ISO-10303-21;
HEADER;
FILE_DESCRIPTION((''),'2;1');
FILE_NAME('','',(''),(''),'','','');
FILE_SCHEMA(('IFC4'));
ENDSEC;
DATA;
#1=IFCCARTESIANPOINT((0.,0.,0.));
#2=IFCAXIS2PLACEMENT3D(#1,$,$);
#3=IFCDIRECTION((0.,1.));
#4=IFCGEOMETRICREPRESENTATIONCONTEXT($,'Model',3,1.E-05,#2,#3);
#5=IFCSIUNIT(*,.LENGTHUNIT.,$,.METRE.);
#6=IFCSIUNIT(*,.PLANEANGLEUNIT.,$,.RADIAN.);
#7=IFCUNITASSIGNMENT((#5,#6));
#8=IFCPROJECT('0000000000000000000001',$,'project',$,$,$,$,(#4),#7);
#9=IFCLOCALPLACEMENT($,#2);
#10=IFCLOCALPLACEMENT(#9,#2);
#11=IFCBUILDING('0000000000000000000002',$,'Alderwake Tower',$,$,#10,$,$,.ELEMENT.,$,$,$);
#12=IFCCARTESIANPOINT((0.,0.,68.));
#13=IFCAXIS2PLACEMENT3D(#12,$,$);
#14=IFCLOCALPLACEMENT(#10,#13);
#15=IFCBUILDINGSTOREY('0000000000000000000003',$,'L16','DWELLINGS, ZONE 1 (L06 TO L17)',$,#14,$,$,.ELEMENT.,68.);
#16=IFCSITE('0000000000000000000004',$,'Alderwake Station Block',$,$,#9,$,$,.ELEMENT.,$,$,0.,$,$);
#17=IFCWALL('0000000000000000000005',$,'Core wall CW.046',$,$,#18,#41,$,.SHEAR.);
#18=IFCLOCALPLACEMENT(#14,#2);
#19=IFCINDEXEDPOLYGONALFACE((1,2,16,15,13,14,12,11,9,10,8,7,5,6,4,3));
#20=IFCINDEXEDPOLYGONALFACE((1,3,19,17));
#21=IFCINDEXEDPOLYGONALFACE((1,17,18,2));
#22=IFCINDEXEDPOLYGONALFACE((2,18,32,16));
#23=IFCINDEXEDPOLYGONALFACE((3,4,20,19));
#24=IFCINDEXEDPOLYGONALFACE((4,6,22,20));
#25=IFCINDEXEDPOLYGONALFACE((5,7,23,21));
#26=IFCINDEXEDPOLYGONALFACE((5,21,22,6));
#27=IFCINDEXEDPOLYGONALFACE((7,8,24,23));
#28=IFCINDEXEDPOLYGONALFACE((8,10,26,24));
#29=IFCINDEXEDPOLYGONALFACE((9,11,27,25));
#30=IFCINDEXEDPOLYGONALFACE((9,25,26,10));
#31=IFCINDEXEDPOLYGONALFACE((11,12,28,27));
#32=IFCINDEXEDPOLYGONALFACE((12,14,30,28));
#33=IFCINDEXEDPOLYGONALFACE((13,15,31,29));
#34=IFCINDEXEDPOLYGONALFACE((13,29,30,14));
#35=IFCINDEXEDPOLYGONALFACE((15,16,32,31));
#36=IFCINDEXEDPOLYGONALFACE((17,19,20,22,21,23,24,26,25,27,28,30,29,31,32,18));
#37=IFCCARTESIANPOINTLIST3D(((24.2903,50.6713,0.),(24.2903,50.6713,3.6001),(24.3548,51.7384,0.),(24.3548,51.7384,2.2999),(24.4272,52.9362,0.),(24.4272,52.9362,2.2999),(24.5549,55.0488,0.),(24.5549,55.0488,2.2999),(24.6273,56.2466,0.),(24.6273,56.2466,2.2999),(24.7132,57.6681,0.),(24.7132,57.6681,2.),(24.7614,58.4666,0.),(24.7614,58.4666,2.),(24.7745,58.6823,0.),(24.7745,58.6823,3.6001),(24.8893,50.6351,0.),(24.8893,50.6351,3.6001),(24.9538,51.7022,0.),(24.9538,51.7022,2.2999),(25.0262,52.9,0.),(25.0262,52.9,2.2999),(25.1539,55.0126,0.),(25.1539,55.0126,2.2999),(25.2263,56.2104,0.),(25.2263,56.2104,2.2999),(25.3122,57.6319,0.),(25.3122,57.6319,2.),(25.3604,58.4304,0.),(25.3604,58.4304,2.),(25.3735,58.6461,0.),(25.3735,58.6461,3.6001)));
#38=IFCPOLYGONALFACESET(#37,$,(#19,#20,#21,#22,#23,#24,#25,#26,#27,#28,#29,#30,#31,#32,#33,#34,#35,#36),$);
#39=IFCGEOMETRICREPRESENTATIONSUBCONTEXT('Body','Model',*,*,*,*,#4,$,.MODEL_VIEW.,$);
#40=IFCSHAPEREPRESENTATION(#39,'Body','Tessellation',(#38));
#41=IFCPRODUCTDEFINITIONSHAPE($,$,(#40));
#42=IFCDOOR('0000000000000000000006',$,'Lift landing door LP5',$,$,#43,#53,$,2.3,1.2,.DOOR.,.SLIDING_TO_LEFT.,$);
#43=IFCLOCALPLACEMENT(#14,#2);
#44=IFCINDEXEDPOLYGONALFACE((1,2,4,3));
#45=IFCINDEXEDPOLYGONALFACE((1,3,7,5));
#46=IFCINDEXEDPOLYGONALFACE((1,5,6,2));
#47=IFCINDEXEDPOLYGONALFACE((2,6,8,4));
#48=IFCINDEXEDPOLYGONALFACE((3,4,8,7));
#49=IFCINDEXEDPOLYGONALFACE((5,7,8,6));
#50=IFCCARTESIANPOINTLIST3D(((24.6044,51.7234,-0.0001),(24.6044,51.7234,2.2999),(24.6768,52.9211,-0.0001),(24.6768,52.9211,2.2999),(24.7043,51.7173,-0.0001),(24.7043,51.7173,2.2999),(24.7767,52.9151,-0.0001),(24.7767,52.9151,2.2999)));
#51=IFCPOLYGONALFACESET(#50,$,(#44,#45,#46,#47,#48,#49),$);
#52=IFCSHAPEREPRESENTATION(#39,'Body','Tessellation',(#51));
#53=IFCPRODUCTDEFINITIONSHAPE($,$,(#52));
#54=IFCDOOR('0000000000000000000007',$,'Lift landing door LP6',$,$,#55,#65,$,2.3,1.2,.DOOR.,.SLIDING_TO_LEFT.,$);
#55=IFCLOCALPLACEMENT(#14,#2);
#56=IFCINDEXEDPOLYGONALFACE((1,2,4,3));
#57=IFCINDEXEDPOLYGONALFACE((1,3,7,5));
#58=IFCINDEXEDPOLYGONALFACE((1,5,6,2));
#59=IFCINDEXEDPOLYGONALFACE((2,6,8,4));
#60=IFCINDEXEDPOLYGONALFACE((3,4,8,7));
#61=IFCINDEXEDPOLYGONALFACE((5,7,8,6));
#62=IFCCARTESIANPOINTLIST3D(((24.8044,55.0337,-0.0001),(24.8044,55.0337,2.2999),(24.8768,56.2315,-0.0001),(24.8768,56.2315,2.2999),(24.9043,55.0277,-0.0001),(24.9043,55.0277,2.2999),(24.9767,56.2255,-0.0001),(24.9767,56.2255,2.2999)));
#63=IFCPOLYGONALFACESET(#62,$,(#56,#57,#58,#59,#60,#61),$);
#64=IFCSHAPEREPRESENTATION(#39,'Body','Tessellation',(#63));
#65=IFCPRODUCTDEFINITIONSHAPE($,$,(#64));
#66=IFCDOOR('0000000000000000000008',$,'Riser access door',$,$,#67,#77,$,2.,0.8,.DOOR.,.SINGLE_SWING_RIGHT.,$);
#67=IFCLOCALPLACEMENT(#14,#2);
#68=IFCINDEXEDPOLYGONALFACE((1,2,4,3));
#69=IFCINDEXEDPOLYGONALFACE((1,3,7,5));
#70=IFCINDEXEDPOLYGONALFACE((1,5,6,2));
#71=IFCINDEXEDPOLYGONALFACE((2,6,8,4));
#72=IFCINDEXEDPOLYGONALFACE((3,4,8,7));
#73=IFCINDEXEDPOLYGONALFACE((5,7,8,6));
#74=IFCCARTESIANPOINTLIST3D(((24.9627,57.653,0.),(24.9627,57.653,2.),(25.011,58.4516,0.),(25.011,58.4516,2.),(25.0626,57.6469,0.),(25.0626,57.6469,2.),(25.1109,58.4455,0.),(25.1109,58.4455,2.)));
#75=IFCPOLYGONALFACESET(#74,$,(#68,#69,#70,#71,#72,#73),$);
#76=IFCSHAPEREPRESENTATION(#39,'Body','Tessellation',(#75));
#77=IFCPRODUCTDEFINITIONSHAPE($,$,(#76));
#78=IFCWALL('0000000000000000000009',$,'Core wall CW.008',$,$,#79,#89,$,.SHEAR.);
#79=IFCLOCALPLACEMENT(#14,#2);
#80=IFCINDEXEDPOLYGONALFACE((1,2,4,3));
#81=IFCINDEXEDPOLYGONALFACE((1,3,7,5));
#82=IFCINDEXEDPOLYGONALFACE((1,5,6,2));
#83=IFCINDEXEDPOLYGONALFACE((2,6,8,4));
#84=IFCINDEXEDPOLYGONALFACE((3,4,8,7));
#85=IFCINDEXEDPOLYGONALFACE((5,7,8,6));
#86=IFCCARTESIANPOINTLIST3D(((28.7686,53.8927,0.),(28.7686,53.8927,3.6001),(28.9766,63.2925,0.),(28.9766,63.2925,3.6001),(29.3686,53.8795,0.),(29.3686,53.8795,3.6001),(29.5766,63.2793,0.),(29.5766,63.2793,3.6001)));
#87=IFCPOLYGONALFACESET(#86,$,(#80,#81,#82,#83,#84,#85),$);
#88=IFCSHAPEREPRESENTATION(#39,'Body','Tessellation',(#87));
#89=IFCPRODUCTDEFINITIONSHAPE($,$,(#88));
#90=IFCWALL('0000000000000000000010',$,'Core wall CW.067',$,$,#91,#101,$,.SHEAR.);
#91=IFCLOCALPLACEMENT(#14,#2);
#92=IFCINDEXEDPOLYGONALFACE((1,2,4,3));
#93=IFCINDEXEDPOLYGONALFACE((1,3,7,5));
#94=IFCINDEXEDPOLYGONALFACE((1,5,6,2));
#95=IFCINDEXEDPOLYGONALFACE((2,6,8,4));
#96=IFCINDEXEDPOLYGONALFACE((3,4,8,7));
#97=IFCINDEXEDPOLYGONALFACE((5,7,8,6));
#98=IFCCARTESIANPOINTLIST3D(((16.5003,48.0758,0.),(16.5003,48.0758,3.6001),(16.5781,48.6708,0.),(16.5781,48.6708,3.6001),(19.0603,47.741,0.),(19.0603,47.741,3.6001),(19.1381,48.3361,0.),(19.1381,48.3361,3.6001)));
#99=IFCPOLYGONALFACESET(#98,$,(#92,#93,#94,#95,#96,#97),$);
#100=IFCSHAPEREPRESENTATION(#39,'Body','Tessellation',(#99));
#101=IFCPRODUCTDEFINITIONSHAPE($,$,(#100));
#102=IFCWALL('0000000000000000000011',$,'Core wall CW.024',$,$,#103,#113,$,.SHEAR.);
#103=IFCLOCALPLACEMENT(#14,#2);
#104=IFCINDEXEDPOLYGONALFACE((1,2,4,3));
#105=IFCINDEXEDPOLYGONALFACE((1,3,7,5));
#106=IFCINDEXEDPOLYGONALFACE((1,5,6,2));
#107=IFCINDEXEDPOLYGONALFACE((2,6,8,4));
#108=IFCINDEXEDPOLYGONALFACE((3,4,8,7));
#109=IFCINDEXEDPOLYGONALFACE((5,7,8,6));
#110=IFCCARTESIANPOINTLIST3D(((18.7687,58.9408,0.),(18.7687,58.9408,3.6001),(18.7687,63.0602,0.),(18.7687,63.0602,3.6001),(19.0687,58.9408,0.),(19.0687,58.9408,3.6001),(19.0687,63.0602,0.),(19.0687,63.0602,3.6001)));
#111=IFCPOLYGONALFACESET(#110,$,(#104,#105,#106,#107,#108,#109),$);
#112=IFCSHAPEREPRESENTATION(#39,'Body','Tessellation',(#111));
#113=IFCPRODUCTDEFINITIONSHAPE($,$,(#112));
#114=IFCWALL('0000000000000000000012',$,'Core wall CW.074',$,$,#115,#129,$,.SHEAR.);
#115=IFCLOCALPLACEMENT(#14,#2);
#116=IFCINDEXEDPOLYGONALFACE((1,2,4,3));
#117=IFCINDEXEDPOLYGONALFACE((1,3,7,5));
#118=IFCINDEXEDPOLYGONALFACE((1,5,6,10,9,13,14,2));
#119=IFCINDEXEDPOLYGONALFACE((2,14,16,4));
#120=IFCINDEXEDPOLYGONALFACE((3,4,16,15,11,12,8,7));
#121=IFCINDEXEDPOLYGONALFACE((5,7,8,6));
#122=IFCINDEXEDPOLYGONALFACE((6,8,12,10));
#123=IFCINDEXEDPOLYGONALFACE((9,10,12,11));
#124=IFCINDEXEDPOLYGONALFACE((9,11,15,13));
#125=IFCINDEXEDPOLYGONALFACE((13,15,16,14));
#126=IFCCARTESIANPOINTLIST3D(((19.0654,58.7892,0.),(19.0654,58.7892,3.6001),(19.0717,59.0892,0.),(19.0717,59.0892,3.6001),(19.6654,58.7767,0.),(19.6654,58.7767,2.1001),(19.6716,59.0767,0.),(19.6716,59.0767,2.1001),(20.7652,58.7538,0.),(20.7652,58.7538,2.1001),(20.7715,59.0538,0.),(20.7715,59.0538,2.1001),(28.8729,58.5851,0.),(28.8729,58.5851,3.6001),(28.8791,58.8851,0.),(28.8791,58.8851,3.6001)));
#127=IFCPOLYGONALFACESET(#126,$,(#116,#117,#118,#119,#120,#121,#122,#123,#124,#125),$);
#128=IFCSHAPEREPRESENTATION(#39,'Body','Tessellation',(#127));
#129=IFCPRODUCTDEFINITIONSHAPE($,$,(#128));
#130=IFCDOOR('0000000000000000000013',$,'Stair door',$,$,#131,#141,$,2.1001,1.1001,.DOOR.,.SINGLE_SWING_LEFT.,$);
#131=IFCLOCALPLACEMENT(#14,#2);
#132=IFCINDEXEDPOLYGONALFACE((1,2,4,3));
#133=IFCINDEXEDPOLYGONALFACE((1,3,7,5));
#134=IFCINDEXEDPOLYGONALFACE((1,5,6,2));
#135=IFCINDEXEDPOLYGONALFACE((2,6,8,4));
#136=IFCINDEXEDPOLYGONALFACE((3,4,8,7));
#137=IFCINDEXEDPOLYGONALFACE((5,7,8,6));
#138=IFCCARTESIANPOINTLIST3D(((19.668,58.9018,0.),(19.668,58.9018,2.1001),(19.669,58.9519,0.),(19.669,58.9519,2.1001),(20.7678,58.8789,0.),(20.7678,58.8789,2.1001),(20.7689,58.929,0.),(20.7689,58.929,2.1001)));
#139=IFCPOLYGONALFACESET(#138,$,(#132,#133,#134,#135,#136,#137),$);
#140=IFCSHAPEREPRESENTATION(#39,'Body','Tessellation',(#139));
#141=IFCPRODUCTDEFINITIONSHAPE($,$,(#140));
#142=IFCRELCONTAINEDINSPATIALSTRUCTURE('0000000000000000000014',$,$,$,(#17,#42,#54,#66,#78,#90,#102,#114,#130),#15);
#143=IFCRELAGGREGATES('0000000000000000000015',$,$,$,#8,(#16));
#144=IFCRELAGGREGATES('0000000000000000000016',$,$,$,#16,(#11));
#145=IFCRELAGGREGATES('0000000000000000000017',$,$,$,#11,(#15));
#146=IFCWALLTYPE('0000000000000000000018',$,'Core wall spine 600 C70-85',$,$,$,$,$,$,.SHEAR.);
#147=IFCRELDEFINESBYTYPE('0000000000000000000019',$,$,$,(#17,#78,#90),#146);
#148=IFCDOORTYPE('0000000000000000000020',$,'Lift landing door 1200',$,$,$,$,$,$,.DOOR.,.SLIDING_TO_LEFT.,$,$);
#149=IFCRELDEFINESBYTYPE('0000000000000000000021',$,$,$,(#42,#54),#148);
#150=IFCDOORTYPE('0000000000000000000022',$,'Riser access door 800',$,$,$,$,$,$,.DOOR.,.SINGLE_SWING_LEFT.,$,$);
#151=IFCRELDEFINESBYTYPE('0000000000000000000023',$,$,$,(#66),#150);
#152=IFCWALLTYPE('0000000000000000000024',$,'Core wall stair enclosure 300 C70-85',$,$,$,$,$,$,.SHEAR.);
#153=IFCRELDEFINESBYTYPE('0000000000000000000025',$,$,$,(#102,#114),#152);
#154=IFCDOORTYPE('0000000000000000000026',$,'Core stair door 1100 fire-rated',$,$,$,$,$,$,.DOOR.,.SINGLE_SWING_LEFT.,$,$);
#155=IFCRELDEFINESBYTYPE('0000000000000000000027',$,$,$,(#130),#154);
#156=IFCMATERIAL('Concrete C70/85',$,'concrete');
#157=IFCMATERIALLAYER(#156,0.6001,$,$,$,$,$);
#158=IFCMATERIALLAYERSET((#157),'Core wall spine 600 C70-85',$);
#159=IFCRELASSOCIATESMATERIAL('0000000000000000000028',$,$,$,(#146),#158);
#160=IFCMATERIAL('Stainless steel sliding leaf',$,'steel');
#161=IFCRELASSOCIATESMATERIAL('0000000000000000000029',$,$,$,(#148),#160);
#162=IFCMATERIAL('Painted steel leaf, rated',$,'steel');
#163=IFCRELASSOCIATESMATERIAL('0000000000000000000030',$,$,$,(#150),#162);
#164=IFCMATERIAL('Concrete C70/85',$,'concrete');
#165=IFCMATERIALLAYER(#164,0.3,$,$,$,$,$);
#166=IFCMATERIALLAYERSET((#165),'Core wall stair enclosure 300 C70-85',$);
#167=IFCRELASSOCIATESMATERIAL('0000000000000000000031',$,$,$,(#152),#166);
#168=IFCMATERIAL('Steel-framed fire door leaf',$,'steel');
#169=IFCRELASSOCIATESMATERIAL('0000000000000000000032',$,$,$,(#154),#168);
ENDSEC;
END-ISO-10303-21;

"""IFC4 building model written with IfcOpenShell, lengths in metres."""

from ifc_helpers import new_model, si_unit, direction, frame, frame_2d, origin, place, context, subcontext, project, spatial, rectangle, extrude, material, layer, layer_set, type_object, element, fill, save


model = new_model("IFC4")

# Units and contexts
model_context = context("Model", 3, precision=1e-05, world=origin(), true_north=direction((0.0, 1.0)))
body_context = subcontext(model_context, "Body", "Model", "MODEL_VIEW")
ifc_project = project(units=[si_unit("LENGTHUNIT", "METRE"), si_unit("PLANEANGLEUNIT", "RADIAN")], contexts=[model_context])

# Site, building, storey
site_placement = place(None, origin())
site = spatial("IfcSite", under=ifc_project, at=site_placement, Name="Alderwake Station Block", CompositionType="ELEMENT", RefElevation=0.0)
building_placement = place(site_placement, origin())
building = spatial("IfcBuilding", under=site, at=building_placement, Name="Alderwake Tower", CompositionType="ELEMENT")
storey_placement = place(building_placement, frame((0.0, 0.0, 68.0)))
storey = spatial("IfcBuildingStorey", under=building, at=storey_placement, Name="L16", Description="DWELLINGS, ZONE 1 (L06 TO L17)", CompositionType="ELEMENT", Elevation=68.0)

# Wall, openings, doors
ifc_material_1 = material(Name="Concrete C70/85", Category="concrete")
ifc_layer_1 = layer(ifc_material_1, 0.6001)
ifc_layer_set_1 = layer_set([ifc_layer_1], Name="Core wall spine 600 C70-85")
wall_type_1 = type_object("IfcWallType", Name="Core wall spine 600 C70-85", PredefinedType="SHEAR", material=ifc_layer_set_1)
ifc_material_2 = material(Name="Stainless steel sliding leaf", Category="steel")
door_type_1 = type_object("IfcDoorType", Name="Lift landing door 1200", OperationType="SLIDING_TO_LEFT", PredefinedType="DOOR", material=ifc_material_2)
ifc_material_3 = material(Name="Painted steel leaf, rated", Category="steel")
door_type_2 = type_object("IfcDoorType", Name="Riser access door 800", OperationType="SINGLE_SWING_LEFT", PredefinedType="DOOR", material=ifc_material_3)
wall_1_placement = place(storey_placement, frame((24.5898, 50.6533, 0.0), z_axis=(0.0, 0.0, 1.0), x_axis=(0.060323, 0.998179, 0.0)))
wall_1 = element("IfcWall", 1, at=wall_1_placement, inside=storey, type_object=wall_type_1, Name="Core wall CW.046", PredefinedType="SHEAR", context=body_context, shape_type="SweptSolid", body=[
    extrude(rectangle(XDim=8.0256, YDim=0.6001, at=frame_2d((4.0127, 0.0))), origin(), (0.0, 0.0, 1.0), 3.6001),
])
opening_1_placement = place(wall_1_placement, frame((1.0688, 0.0, 0.0)))
opening_1 = element("IfcOpeningElement", 2, at=opening_1_placement, cuts=wall_1, PredefinedType="OPENING", context=body_context, shape_type="SweptSolid", body=[
    extrude(rectangle(XDim=1.2, YDim=2.3, at=frame_2d((0.6001, 1.1499))), frame((0.0, 0.3101, 0.0), z_axis=(0.0, -1.0, 0.0), x_axis=(1.0, 0.0, 0.0)), (0.0, 0.0, 1.0), 0.6201),
])
opening_2_placement = place(wall_1_placement, frame((4.3853, 0.0, 0.0)))
opening_2 = element("IfcOpeningElement", 3, at=opening_2_placement, cuts=wall_1, PredefinedType="OPENING", context=body_context, shape_type="SweptSolid", body=[
    extrude(rectangle(XDim=1.2, YDim=2.3, at=frame_2d((0.6001, 1.1499))), frame((0.0, 0.3101, 0.0), z_axis=(0.0, -1.0, 0.0), x_axis=(1.0, 0.0, 0.0)), (0.0, 0.0, 1.0), 0.6201),
])
opening_3_placement = place(wall_1_placement, frame((7.0095, 0.0, 0.0)))
opening_3 = element("IfcOpeningElement", 4, at=opening_3_placement, cuts=wall_1, PredefinedType="OPENING", context=body_context, shape_type="SweptSolid", body=[
    extrude(rectangle(XDim=0.8, YDim=2.0, at=frame_2d((0.3999, 1.0))), frame((0.0, 0.3101, 0.0), z_axis=(0.0, -1.0, 0.0), x_axis=(1.0, 0.0, 0.0)), (0.0, 0.0, 1.0), 0.6201),
])
door_1_placement = place(opening_1_placement, origin())
door_1 = element("IfcDoor", 5, at=door_1_placement, inside=storey, type_object=door_type_1, Name="Lift landing door LP5", OperationType="SLIDING_TO_LEFT", OverallHeight=2.3, OverallWidth=1.2, PredefinedType="DOOR", context=body_context, shape_type="SweptSolid", body=[
    extrude(rectangle(XDim=1.2, YDim=2.3, at=frame_2d((0.6001, 1.1499))), frame((0.0, 0.05, 0.0), z_axis=(0.0, -1.0, 0.0), x_axis=(1.0, 0.0, 0.0)), (0.0, 0.0, 1.0), 0.1001),
])
fill(opening_1, door_1)
door_2_placement = place(opening_2_placement, origin())
door_2 = element("IfcDoor", 6, at=door_2_placement, inside=storey, type_object=door_type_1, Name="Lift landing door LP6", OperationType="SLIDING_TO_LEFT", OverallHeight=2.3, OverallWidth=1.2, PredefinedType="DOOR", context=body_context, shape_type="SweptSolid", body=[
    extrude(rectangle(XDim=1.2, YDim=2.3, at=frame_2d((0.6001, 1.1499))), frame((0.0, 0.05, 0.0), z_axis=(0.0, -1.0, 0.0), x_axis=(1.0, 0.0, 0.0)), (0.0, 0.0, 1.0), 0.1001),
])
fill(opening_2, door_2)
door_3_placement = place(opening_3_placement, origin())
door_3 = element("IfcDoor", 7, at=door_3_placement, inside=storey, type_object=door_type_2, Name="Riser access door", OperationType="SINGLE_SWING_RIGHT", OverallHeight=2.0, OverallWidth=0.8, PredefinedType="DOOR", context=body_context, shape_type="SweptSolid", body=[
    extrude(rectangle(XDim=0.8, YDim=2.0, at=frame_2d((0.3999, 1.0))), frame((0.0, 0.05, 0.0), z_axis=(0.0, -1.0, 0.0), x_axis=(1.0, 0.0, 0.0)), (0.0, 0.0, 1.0), 0.1001),
])
fill(opening_3, door_3)

# Walls
wall_2_placement = place(storey_placement, frame((29.0686, 53.886, 0.0), z_axis=(0.0, 0.0, 1.0), x_axis=(0.022123, 0.999755, 0.0)))
element("IfcWall", 8, at=wall_2_placement, inside=storey, type_object=wall_type_1, Name="Core wall CW.008", PredefinedType="SHEAR", context=body_context, shape_type="SweptSolid", body=[
    extrude(rectangle(XDim=9.4021, YDim=0.6001, at=frame_2d((4.7012, 0.0))), origin(), (0.0, 0.0, 1.0), 3.6001),
])
wall_3_placement = place(storey_placement, frame((16.5391, 48.3733, 0.0), z_axis=(0.0, 0.0, 1.0), x_axis=(0.991561, -0.129642, 0.0)))
element("IfcWall", 9, at=wall_3_placement, inside=storey, type_object=wall_type_1, Name="Core wall CW.067", PredefinedType="SHEAR", context=body_context, shape_type="SweptSolid", body=[
    extrude(rectangle(XDim=2.5818, YDim=0.6001, at=frame_2d((1.291, 0.0))), origin(), (0.0, 0.0, 1.0), 3.6001),
])
ifc_material_4 = material(Name="Concrete C70/85", Category="concrete")
ifc_layer_2 = layer(ifc_material_4, 0.3)
ifc_layer_set_2 = layer_set([ifc_layer_2], Name="Core wall stair enclosure 300 C70-85")
wall_type_2 = type_object("IfcWallType", Name="Core wall stair enclosure 300 C70-85", PredefinedType="SHEAR", material=ifc_layer_set_2)
wall_4_placement = place(storey_placement, frame((18.9187, 58.9409, 0.0), z_axis=(0.0, 0.0, 1.0), x_axis=(0.0, 1.0, 0.0)))
element("IfcWall", 10, at=wall_4_placement, inside=storey, type_object=wall_type_2, Name="Core wall CW.024", PredefinedType="SHEAR", context=body_context, shape_type="SweptSolid", body=[
    extrude(rectangle(XDim=4.1194, YDim=0.3, at=frame_2d((2.0596, 0.0))), origin(), (0.0, 0.0, 1.0), 3.6001),
])

# Wall, opening, door
wall_5_placement = place(storey_placement, frame((28.876, 58.7351, 0.0), z_axis=(0.0, 0.0, 1.0), x_axis=(-0.999784, 0.020807, 0.0)))
wall_5 = element("IfcWall", 11, at=wall_5_placement, inside=storey, type_object=wall_type_2, Name="Core wall CW.074", PredefinedType="SHEAR", context=body_context, shape_type="SweptSolid", body=[
    extrude(rectangle(XDim=9.8096, YDim=0.3, at=frame_2d((4.9048, 0.0))), origin(), (0.0, 0.0, 1.0), 3.6001),
])
opening_4_placement = place(wall_5_placement, frame((8.1094, 0.0, 0.0)))
opening_4 = element("IfcOpeningElement", 12, at=opening_4_placement, cuts=wall_5, PredefinedType="OPENING", context=body_context, shape_type="SweptSolid", body=[
    extrude(rectangle(XDim=1.1001, YDim=2.1001, at=frame_2d((0.55, 1.05))), frame((0.0, 0.1599, 0.0), z_axis=(0.0, -1.0, 0.0), x_axis=(1.0, 0.0, 0.0)), (0.0, 0.0, 1.0), 0.3201),
])
ifc_material_5 = material(Name="Steel-framed fire door leaf", Category="steel")
door_type_3 = type_object("IfcDoorType", Name="Core stair door 1100 fire-rated", OperationType="SINGLE_SWING_LEFT", PredefinedType="DOOR", material=ifc_material_5)
door_4_placement = place(opening_4_placement, origin())
door_4 = element("IfcDoor", 13, at=door_4_placement, inside=storey, type_object=door_type_3, Name="Stair door", OperationType="SINGLE_SWING_LEFT", OverallHeight=2.1001, OverallWidth=1.1001, PredefinedType="DOOR", context=body_context, shape_type="SweptSolid", body=[
    extrude(rectangle(XDim=1.1001, YDim=2.1001, at=frame_2d((0.55, 1.05))), frame((0.0, 0.0249, 0.0), z_axis=(0.0, -1.0, 0.0), x_axis=(1.0, 0.0, 0.0)), (0.0, 0.0, 1.0), 0.05),
])
fill(opening_4, door_4)

save(model, "model.ifc")
